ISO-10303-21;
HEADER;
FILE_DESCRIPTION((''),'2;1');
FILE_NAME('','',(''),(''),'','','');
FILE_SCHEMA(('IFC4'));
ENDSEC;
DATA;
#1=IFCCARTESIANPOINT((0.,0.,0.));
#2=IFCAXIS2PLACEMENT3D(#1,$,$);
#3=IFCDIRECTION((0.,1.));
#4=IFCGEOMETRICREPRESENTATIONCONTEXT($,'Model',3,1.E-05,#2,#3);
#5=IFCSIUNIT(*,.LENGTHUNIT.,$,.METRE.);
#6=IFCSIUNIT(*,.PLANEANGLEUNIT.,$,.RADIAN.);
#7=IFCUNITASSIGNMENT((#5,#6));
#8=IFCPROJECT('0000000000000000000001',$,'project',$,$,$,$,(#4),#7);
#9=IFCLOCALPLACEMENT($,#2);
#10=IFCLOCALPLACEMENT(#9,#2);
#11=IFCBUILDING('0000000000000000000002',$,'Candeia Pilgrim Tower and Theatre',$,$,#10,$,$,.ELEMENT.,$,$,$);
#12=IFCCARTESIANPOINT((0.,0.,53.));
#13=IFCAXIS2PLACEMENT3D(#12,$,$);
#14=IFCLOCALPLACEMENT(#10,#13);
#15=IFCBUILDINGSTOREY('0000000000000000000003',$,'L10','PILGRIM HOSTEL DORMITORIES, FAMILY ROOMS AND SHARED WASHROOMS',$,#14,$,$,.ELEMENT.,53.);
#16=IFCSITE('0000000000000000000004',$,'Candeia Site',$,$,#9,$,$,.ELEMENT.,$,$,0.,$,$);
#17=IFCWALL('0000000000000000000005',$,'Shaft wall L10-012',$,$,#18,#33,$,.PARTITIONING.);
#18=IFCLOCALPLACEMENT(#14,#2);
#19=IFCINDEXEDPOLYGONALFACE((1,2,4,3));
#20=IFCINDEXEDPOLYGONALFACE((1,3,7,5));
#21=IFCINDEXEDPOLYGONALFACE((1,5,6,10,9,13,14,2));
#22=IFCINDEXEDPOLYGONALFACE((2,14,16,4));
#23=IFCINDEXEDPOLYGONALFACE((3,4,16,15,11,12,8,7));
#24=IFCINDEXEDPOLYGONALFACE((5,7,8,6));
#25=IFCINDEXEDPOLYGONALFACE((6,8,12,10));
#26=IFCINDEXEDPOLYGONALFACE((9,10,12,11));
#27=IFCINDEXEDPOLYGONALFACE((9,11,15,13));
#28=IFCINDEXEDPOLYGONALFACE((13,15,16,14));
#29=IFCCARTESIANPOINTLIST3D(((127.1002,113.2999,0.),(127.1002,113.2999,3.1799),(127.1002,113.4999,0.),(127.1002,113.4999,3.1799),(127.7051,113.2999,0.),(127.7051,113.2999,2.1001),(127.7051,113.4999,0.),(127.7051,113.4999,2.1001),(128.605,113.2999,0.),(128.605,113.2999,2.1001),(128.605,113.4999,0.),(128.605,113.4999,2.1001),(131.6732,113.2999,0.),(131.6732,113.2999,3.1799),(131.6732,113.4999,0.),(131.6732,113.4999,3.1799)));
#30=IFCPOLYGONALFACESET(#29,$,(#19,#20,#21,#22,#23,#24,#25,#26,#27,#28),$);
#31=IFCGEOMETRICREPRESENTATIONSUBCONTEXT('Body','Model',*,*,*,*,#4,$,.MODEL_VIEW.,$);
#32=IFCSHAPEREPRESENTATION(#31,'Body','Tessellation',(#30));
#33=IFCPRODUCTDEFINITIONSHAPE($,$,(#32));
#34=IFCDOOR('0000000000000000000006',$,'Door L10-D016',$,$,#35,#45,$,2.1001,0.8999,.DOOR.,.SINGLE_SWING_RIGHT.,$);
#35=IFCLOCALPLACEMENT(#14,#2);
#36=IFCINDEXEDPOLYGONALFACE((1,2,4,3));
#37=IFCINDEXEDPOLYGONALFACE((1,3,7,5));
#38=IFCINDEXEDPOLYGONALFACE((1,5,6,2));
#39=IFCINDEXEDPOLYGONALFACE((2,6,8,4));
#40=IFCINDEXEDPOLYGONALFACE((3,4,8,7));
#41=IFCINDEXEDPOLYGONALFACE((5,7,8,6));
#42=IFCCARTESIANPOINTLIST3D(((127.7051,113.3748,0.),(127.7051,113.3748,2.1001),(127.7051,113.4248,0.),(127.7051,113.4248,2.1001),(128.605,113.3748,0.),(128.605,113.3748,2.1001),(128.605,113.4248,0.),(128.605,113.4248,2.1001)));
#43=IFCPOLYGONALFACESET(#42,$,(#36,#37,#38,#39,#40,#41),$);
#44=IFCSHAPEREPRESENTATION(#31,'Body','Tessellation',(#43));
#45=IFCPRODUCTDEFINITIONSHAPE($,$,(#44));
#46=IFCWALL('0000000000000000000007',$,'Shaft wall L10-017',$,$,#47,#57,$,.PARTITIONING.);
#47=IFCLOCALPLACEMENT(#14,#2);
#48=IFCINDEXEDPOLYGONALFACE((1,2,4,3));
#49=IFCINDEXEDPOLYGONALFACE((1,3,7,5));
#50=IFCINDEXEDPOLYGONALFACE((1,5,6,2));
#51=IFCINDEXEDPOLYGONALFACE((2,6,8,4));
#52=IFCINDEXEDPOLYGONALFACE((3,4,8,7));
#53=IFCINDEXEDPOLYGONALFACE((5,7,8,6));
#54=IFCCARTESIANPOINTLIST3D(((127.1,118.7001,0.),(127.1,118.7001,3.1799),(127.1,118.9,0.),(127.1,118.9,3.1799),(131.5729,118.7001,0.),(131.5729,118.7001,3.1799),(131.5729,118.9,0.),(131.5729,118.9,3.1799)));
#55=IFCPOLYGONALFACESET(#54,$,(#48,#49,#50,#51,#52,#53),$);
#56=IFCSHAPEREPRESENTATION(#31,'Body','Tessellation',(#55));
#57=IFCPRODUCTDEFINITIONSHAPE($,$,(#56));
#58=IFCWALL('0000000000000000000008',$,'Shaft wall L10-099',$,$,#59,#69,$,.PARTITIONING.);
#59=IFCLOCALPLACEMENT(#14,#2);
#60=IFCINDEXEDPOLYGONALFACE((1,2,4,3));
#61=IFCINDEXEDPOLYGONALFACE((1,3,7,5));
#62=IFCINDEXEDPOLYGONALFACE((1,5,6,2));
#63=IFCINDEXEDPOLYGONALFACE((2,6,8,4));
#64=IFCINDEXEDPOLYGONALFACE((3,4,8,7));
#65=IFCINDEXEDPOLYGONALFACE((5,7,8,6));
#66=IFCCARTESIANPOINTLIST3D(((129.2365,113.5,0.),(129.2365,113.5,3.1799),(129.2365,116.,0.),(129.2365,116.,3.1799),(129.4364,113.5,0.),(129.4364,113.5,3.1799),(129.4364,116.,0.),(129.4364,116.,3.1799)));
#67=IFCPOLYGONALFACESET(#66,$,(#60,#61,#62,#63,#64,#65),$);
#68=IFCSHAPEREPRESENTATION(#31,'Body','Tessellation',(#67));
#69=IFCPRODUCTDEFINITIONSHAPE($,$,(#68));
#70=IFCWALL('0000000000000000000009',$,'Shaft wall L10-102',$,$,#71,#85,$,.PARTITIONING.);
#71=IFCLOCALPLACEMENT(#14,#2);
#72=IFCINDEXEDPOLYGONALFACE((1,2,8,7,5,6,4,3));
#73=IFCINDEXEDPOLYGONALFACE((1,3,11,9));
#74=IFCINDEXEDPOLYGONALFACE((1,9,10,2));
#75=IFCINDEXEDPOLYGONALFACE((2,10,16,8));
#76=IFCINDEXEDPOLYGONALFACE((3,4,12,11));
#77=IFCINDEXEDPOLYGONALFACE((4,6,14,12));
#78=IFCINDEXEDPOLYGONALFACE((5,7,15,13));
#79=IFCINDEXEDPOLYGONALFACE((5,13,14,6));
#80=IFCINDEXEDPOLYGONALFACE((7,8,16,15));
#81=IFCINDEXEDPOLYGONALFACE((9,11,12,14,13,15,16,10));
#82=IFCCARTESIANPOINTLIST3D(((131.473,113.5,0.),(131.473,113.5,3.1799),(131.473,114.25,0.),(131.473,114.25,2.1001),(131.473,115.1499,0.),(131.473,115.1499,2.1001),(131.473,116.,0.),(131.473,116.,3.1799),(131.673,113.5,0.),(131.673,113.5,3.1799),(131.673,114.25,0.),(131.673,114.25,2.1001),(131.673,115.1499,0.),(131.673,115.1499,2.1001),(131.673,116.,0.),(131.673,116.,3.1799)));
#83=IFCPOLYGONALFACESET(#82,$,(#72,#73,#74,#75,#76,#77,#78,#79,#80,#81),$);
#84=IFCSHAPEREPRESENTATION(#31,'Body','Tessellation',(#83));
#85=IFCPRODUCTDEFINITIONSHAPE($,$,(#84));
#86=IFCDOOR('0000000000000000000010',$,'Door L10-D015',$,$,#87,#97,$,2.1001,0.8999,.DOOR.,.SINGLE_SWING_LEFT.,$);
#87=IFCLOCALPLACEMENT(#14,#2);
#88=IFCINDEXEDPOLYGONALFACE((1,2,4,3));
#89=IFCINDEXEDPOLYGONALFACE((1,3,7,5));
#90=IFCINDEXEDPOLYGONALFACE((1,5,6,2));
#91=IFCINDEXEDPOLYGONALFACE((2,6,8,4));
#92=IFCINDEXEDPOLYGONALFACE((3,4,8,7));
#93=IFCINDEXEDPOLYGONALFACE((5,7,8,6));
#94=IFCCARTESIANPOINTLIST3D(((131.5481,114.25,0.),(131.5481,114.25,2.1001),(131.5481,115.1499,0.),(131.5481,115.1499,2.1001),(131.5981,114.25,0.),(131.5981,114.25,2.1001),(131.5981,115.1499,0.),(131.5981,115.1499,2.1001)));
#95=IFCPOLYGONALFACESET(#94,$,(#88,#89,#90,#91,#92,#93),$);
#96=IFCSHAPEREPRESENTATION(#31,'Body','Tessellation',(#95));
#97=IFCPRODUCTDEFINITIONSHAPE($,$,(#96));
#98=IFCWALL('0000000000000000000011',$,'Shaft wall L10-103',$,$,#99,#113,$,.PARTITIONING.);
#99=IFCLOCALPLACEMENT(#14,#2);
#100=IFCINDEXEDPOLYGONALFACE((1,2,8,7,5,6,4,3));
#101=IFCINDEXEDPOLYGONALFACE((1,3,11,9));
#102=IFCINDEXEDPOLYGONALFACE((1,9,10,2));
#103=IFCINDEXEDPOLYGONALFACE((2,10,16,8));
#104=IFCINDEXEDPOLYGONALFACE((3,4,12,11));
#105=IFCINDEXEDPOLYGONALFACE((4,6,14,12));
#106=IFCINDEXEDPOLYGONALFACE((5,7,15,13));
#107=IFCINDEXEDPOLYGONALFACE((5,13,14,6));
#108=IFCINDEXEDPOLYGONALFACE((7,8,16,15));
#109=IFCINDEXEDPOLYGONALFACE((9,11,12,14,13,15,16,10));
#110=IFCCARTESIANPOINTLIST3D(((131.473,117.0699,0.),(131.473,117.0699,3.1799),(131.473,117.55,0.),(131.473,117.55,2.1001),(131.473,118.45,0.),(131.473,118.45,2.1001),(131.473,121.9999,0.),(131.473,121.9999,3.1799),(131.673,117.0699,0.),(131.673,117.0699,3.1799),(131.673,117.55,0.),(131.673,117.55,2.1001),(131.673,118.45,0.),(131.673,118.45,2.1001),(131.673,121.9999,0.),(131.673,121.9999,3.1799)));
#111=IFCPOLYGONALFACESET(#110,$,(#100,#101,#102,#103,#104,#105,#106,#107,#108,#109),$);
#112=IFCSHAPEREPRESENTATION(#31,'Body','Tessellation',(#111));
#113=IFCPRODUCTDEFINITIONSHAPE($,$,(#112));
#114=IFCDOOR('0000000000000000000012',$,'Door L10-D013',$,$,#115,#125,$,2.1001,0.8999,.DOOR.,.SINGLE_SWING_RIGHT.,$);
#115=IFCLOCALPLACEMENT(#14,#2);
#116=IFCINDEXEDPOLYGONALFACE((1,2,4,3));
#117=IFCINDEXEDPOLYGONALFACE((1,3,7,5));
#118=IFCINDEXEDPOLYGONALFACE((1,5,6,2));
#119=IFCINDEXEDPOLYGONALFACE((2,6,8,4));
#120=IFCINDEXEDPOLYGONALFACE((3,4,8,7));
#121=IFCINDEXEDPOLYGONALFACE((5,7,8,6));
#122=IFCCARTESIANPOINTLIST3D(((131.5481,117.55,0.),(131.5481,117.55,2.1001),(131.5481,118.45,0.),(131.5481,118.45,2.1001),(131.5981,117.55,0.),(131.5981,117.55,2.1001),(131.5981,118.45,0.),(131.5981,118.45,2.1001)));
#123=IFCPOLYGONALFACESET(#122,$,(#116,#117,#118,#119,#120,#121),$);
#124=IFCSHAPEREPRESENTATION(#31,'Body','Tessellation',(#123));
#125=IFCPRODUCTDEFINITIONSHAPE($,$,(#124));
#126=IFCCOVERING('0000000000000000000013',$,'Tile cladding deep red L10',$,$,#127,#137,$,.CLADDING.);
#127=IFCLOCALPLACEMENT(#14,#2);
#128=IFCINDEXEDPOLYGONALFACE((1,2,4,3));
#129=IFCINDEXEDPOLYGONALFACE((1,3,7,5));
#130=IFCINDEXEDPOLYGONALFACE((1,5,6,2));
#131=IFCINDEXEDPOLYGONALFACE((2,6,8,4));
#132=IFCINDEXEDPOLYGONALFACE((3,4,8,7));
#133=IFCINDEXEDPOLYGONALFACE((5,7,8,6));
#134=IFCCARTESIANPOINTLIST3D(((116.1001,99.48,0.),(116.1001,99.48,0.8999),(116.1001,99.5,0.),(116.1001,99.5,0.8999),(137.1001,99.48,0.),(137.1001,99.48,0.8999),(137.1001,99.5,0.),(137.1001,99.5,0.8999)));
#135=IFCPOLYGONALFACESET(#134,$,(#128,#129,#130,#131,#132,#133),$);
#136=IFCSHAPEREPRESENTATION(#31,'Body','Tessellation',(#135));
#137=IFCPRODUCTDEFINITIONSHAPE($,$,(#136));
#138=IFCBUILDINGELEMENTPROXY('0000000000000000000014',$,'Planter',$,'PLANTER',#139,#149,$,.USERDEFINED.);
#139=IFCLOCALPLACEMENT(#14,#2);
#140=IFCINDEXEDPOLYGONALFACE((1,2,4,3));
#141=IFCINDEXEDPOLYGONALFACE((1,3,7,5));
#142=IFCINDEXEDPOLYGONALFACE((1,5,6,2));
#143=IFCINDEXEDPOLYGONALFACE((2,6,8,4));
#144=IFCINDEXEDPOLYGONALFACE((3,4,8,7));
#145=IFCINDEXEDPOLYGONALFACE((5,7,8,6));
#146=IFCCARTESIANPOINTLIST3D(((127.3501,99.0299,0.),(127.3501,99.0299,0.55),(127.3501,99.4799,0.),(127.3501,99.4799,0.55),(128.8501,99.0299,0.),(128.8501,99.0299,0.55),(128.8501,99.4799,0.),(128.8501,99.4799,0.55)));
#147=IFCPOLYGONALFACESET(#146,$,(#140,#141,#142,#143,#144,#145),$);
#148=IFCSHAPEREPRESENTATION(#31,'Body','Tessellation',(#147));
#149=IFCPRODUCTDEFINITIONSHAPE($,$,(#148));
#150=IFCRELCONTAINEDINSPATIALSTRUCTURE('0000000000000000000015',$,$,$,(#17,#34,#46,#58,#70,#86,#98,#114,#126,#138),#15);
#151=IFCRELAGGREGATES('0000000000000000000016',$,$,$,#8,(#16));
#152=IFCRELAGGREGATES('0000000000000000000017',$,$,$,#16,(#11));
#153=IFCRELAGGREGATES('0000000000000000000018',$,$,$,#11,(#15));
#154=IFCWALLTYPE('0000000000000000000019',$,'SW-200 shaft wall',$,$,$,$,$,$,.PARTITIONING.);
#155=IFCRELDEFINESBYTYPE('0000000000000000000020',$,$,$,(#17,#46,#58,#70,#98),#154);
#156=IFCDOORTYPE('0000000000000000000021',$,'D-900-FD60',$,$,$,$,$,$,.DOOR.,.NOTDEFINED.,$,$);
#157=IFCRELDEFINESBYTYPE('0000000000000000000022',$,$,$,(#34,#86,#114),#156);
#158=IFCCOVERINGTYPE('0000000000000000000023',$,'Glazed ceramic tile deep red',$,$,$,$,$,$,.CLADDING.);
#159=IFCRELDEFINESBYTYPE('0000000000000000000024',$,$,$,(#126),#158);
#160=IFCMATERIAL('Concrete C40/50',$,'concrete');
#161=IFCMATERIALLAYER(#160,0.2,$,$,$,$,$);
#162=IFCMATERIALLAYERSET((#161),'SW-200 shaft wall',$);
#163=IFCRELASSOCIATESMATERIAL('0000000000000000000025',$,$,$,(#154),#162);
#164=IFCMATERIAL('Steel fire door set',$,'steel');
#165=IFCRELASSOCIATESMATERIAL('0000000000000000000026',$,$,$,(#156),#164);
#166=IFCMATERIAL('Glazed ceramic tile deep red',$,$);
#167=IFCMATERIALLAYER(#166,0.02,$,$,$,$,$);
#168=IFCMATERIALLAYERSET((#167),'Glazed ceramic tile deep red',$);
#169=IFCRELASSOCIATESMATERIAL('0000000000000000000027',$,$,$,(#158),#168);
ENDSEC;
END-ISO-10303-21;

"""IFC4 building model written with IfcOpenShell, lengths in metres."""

from ifc_helpers import new_model, si_unit, direction, frame, frame_2d, origin, origin_2d, place, context, subcontext, project, spatial, rectangle, extrude, material, layer, layer_set, type_object, element, fill, save


model = new_model("IFC4")

# Units and contexts
model_context = context("Model", 3, precision=1e-05, world=origin(), true_north=direction((0.0, 1.0)))
body_context = subcontext(model_context, "Body", "Model", "MODEL_VIEW")
ifc_project = project(units=[si_unit("LENGTHUNIT", "METRE"), si_unit("PLANEANGLEUNIT", "RADIAN")], contexts=[model_context])

# Site, building, storey
site_placement = place(None, origin())
site = spatial("IfcSite", under=ifc_project, at=site_placement, Name="Candeia Site", CompositionType="ELEMENT", RefElevation=0.0)
building_placement = place(site_placement, origin())
building = spatial("IfcBuilding", under=site, at=building_placement, Name="Candeia Pilgrim Tower and Theatre", CompositionType="ELEMENT")
storey_placement = place(building_placement, frame((0.0, 0.0, 53.0)))
storey = spatial("IfcBuildingStorey", under=building, at=storey_placement, Name="L10", Description="PILGRIM HOSTEL DORMITORIES, FAMILY ROOMS AND SHARED WASHROOMS", CompositionType="ELEMENT", Elevation=53.0)

# Shared definitions
ifc_material_1 = material(Name="Steel fire door set", Category="steel")

# Wall, opening, door
ifc_material_2 = material(Name="Concrete C40/50", Category="concrete")
ifc_layer_1 = layer(ifc_material_2, 0.2)
ifc_layer_set_1 = layer_set([ifc_layer_1], Name="SW-200 shaft wall")
wall_type_1 = type_object("IfcWallType", Name="SW-200 shaft wall", PredefinedType="PARTITIONING", material=ifc_layer_set_1)
wall_1_placement = place(storey_placement, frame((127.1001, 113.3999, 0.0), z_axis=(0.0, 0.0, 1.0), x_axis=(1.0, 0.0, 0.0)))
wall_1 = element("IfcWall", 1, at=wall_1_placement, inside=storey, type_object=wall_type_1, Name="Shaft wall L10-012", PredefinedType="PARTITIONING", context=body_context, shape_type="SweptSolid", body=[
    extrude(rectangle(XDim=4.573, YDim=0.2, at=frame_2d((2.2866, 0.0))), origin(), (0.0, 0.0, 1.0), 3.1799),
])
opening_1_placement = place(wall_1_placement, frame((0.605, 0.0, 0.0)))
opening_1 = element("IfcOpeningElement", 2, at=opening_1_placement, cuts=wall_1, PredefinedType="OPENING", context=body_context, shape_type="SweptSolid", body=[
    extrude(rectangle(XDim=0.8999, YDim=2.1001, at=frame_2d((0.45, 1.05))), frame((0.0, 0.1099, 0.0), z_axis=(0.0, -1.0, 0.0), x_axis=(1.0, 0.0, 0.0)), (0.0, 0.0, 1.0), 0.22),
])
door_type_1 = type_object("IfcDoorType", Name="D-900-FD60", OperationType="NOTDEFINED", PredefinedType="DOOR", material=ifc_material_1)
door_1_placement = place(opening_1_placement, origin())
door_1 = element("IfcDoor", 3, at=door_1_placement, inside=storey, type_object=door_type_1, Name="Door L10-D016", OperationType="SINGLE_SWING_RIGHT", OverallHeight=2.1001, OverallWidth=0.8999, PredefinedType="DOOR", context=body_context, shape_type="SweptSolid", body=[
    extrude(rectangle(XDim=0.8999, YDim=2.1001, at=frame_2d((0.45, 1.05))), frame((0.0, 0.0249, 0.0), z_axis=(0.0, -1.0, 0.0), x_axis=(1.0, 0.0, 0.0)), (0.0, 0.0, 1.0), 0.05),
])
fill(opening_1, door_1)

# Walls
wall_2_placement = place(storey_placement, frame((127.1001, 118.8, 0.0), z_axis=(0.0, 0.0, 1.0), x_axis=(1.0, 0.0, 0.0)))
element("IfcWall", 4, at=wall_2_placement, inside=storey, type_object=wall_type_1, Name="Shaft wall L10-017", PredefinedType="PARTITIONING", context=body_context, shape_type="SweptSolid", body=[
    extrude(rectangle(XDim=4.4729, YDim=0.2, at=frame_2d((2.2363, 0.0))), origin(), (0.0, 0.0, 1.0), 3.1799),
])
wall_3_placement = place(storey_placement, frame((129.3364, 113.5, 0.0), z_axis=(0.0, 0.0, 1.0), x_axis=(0.0, 1.0, 0.0)))
element("IfcWall", 5, at=wall_3_placement, inside=storey, type_object=wall_type_1, Name="Shaft wall L10-099", PredefinedType="PARTITIONING", context=body_context, shape_type="SweptSolid", body=[
    extrude(rectangle(XDim=2.5, YDim=0.2, at=frame_2d((1.25, 0.0))), origin(), (0.0, 0.0, 1.0), 3.1799),
])

# Walls, openings, doors
wall_4_placement = place(storey_placement, frame((131.573, 113.5, 0.0), z_axis=(0.0, 0.0, 1.0), x_axis=(0.0, 1.0, 0.0)))
wall_4 = element("IfcWall", 6, at=wall_4_placement, inside=storey, type_object=wall_type_1, Name="Shaft wall L10-102", PredefinedType="PARTITIONING", context=body_context, shape_type="SweptSolid", body=[
    extrude(rectangle(XDim=2.5, YDim=0.2, at=frame_2d((1.25, 0.0))), origin(), (0.0, 0.0, 1.0), 3.1799),
])
opening_2_placement = place(wall_4_placement, frame((0.75, 0.0, 0.0)))
opening_2 = element("IfcOpeningElement", 7, at=opening_2_placement, cuts=wall_4, PredefinedType="OPENING", context=body_context, shape_type="SweptSolid", body=[
    extrude(rectangle(XDim=0.8999, YDim=2.1001, at=frame_2d((0.45, 1.05))), frame((0.0, 0.1099, 0.0), z_axis=(0.0, -1.0, 0.0), x_axis=(1.0, 0.0, 0.0)), (0.0, 0.0, 1.0), 0.22),
])
door_2_placement = place(opening_2_placement, origin())
door_2 = element("IfcDoor", 8, at=door_2_placement, inside=storey, type_object=door_type_1, Name="Door L10-D015", OperationType="SINGLE_SWING_LEFT", OverallHeight=2.1001, OverallWidth=0.8999, PredefinedType="DOOR", context=body_context, shape_type="SweptSolid", body=[
    extrude(rectangle(XDim=0.8999, YDim=2.1001, at=frame_2d((0.45, 1.05))), frame((0.0, 0.0249, 0.0), z_axis=(0.0, -1.0, 0.0), x_axis=(1.0, 0.0, 0.0)), (0.0, 0.0, 1.0), 0.05),
])
fill(opening_2, door_2)
wall_5_placement = place(storey_placement, frame((131.573, 117.0701, 0.0), z_axis=(0.0, 0.0, 1.0), x_axis=(0.0, 1.0, 0.0)))
wall_5 = element("IfcWall", 9, at=wall_5_placement, inside=storey, type_object=wall_type_1, Name="Shaft wall L10-103", PredefinedType="PARTITIONING", context=body_context, shape_type="SweptSolid", body=[
    extrude(rectangle(XDim=4.9299, YDim=0.2, at=frame_2d((2.4648, 0.0))), origin(), (0.0, 0.0, 1.0), 3.1799),
])
opening_3_placement = place(wall_5_placement, frame((0.48, 0.0, 0.0)))
opening_3 = element("IfcOpeningElement", 10, at=opening_3_placement, cuts=wall_5, PredefinedType="OPENING", context=body_context, shape_type="SweptSolid", body=[
    extrude(rectangle(XDim=0.8999, YDim=2.1001, at=frame_2d((0.45, 1.05))), frame((0.0, 0.1099, 0.0), z_axis=(0.0, -1.0, 0.0), x_axis=(1.0, 0.0, 0.0)), (0.0, 0.0, 1.0), 0.22),
])
door_3_placement = place(opening_3_placement, origin())
door_3 = element("IfcDoor", 11, at=door_3_placement, inside=storey, type_object=door_type_1, Name="Door L10-D013", OperationType="SINGLE_SWING_RIGHT", OverallHeight=2.1001, OverallWidth=0.8999, PredefinedType="DOOR", context=body_context, shape_type="SweptSolid", body=[
    extrude(rectangle(XDim=0.8999, YDim=2.1001, at=frame_2d((0.45, 1.05))), frame((0.0, 0.0249, 0.0), z_axis=(0.0, -1.0, 0.0), x_axis=(1.0, 0.0, 0.0)), (0.0, 0.0, 1.0), 0.05),
])
fill(opening_3, door_3)

# Covering
ifc_material_3 = material(Name="Glazed ceramic tile deep red")
ifc_layer_2 = layer(ifc_material_3, 0.02)
ifc_layer_set_2 = layer_set([ifc_layer_2], Name="Glazed ceramic tile deep red")
covering_type = type_object("IfcCoveringType", Name="Glazed ceramic tile deep red", PredefinedType="CLADDING", material=ifc_layer_set_2)
covering_placement = place(storey_placement, frame((126.6001, 99.49, 0.0), z_axis=(0.0, 0.0, 1.0), x_axis=(1.0, 0.0, 0.0)))
element("IfcCovering", 12, at=covering_placement, inside=storey, type_object=covering_type, Name="Tile cladding deep red L10", PredefinedType="CLADDING", context=body_context, shape_type="SweptSolid", body=[
    extrude(rectangle(XDim=21.0, YDim=0.02, at=origin_2d()), origin(), (0.0, 0.0, 1.0), 0.8999),
])

# Building element proxy
proxy_placement = place(storey_placement, frame((128.1001, 99.2549, 0.0), z_axis=(0.0, 0.0, 1.0), x_axis=(1.0, 0.0, 0.0)))
element("IfcBuildingElementProxy", 13, at=proxy_placement, inside=storey, Name="Planter", ObjectType="PLANTER", PredefinedType="USERDEFINED", context=body_context, shape_type="SweptSolid", body=[
    extrude(rectangle(XDim=1.5, YDim=0.45, at=origin_2d()), origin(), (0.0, 0.0, 1.0), 0.55),
])

save(model, "model.ifc")
